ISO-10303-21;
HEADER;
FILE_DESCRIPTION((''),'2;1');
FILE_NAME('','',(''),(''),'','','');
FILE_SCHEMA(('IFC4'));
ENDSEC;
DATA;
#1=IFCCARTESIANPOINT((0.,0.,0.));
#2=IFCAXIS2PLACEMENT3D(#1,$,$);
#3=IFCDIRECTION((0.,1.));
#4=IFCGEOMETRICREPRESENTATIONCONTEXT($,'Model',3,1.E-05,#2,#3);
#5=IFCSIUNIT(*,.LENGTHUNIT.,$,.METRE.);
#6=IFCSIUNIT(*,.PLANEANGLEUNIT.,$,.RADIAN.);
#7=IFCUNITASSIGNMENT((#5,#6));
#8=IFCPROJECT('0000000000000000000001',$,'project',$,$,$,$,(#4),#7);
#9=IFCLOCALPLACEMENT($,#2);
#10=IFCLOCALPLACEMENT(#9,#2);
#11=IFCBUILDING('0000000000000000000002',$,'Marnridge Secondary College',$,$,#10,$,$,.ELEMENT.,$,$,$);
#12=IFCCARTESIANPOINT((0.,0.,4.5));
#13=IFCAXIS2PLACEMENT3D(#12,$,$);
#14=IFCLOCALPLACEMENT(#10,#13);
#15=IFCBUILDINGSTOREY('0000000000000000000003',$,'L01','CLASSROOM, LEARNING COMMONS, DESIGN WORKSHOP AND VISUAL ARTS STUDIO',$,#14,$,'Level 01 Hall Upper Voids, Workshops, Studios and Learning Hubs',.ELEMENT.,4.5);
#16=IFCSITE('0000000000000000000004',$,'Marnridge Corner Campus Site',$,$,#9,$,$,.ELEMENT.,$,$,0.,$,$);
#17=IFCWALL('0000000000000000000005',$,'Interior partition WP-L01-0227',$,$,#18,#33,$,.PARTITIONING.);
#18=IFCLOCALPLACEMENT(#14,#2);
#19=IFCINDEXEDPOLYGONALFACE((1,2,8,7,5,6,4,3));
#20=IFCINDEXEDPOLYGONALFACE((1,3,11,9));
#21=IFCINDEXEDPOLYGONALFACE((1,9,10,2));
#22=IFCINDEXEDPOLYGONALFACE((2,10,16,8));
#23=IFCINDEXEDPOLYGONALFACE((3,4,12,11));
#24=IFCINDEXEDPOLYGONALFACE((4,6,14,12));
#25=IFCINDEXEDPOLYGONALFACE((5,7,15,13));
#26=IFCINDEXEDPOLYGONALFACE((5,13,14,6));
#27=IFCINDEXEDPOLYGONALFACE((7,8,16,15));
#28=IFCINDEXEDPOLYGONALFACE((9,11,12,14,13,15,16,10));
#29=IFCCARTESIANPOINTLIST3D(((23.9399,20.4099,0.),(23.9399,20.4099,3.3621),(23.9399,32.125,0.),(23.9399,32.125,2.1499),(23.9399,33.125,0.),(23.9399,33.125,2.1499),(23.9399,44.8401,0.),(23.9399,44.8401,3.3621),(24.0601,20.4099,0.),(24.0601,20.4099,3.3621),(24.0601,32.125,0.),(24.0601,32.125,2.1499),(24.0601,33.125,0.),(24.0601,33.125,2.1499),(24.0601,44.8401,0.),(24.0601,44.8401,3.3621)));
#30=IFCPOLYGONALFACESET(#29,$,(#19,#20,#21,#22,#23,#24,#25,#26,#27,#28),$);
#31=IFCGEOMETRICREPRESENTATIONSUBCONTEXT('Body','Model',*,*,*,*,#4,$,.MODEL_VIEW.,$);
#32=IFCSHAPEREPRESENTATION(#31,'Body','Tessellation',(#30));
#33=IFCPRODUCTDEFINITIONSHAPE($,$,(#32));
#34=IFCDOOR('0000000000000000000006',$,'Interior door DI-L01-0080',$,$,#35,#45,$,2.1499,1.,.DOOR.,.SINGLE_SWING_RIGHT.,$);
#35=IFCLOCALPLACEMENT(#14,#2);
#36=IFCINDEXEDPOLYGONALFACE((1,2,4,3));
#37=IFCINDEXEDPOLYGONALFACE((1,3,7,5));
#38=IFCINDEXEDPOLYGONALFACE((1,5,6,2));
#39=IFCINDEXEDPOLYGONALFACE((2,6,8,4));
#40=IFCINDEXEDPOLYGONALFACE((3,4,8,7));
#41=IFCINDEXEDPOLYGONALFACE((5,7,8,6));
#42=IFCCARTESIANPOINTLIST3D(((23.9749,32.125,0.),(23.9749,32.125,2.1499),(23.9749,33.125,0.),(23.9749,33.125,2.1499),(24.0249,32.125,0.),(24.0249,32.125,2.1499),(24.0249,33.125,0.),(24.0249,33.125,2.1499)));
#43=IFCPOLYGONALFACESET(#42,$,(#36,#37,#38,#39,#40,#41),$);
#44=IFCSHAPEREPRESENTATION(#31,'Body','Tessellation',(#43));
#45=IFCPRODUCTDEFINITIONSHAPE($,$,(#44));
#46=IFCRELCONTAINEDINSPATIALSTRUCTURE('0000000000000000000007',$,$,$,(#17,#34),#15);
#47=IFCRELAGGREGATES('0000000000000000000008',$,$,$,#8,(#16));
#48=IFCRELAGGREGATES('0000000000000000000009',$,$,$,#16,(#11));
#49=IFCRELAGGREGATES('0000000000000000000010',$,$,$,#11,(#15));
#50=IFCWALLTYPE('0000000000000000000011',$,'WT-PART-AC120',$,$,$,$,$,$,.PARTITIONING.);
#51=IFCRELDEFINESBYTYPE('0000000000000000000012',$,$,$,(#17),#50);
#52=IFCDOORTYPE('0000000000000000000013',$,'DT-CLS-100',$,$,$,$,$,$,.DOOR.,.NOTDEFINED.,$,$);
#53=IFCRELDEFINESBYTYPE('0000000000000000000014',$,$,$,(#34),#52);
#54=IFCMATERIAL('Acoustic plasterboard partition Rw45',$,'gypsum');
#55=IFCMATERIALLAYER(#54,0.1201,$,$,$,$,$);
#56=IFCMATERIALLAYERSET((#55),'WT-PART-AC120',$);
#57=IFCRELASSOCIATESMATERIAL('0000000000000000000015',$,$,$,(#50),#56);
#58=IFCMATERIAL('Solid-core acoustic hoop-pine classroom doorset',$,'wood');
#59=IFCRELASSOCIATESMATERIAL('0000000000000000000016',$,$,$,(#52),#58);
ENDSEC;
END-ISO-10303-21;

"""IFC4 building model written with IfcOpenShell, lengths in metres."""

from ifc_helpers import new_model, si_unit, direction, frame, frame_2d, origin, place, context, subcontext, project, spatial, rectangle, extrude, material, layer, layer_set, type_object, element, fill, save


model = new_model("IFC4")

# Units and contexts
model_context = context("Model", 3, precision=1e-05, world=origin(), true_north=direction((0.0, 1.0)))
body_context = subcontext(model_context, "Body", "Model", "MODEL_VIEW")
ifc_project = project(units=[si_unit("LENGTHUNIT", "METRE"), si_unit("PLANEANGLEUNIT", "RADIAN")], contexts=[model_context])

# Site, building, storey
site_placement = place(None, origin())
site = spatial("IfcSite", under=ifc_project, at=site_placement, Name="Marnridge Corner Campus Site", CompositionType="ELEMENT", RefElevation=0.0)
building_placement = place(site_placement, origin())
building = spatial("IfcBuilding", under=site, at=building_placement, Name="Marnridge Secondary College", CompositionType="ELEMENT")
storey_placement = place(building_placement, frame((0.0, 0.0, 4.5)))
storey = spatial("IfcBuildingStorey", under=building, at=storey_placement, Name="L01", Description="CLASSROOM, LEARNING COMMONS, DESIGN WORKSHOP AND VISUAL ARTS STUDIO", LongName="Level 01 Hall Upper Voids, Workshops, Studios and Learning Hubs", CompositionType="ELEMENT", Elevation=4.5)

# Wall, opening, door
ifc_material_1 = material(Name="Acoustic plasterboard partition Rw45", Category="gypsum")
ifc_layer_1 = layer(ifc_material_1, 0.1201)
ifc_layer_set_1 = layer_set([ifc_layer_1], Name="WT-PART-AC120")
wall_type = type_object("IfcWallType", Name="WT-PART-AC120", PredefinedType="PARTITIONING", material=ifc_layer_set_1)
wall_placement = place(storey_placement, frame((24.0, 44.8401, 0.0), z_axis=(0.0, 0.0, 1.0), x_axis=(0.0, -1.0, 0.0)))
wall = element("IfcWall", 1, at=wall_placement, inside=storey, type_object=wall_type, Name="Interior partition WP-L01-0227", PredefinedType="PARTITIONING", context=body_context, shape_type="SweptSolid", body=[
    extrude(rectangle(XDim=24.4302, YDim=0.1201, at=frame_2d((12.2151, 0.0))), origin(), (0.0, 0.0, 1.0), 3.3621),
])
opening_placement = place(wall_placement, frame((11.7151, 0.0, 0.0)))
opening = element("IfcOpeningElement", 2, at=opening_placement, cuts=wall, PredefinedType="OPENING", context=body_context, shape_type="SweptSolid", body=[
    extrude(rectangle(XDim=1.0, YDim=2.1499, at=frame_2d((0.5, 1.075))), frame((0.0, 0.0701, 0.0), z_axis=(0.0, -1.0, 0.0), x_axis=(1.0, 0.0, 0.0)), (0.0, 0.0, 1.0), 0.1401),
])
ifc_material_2 = material(Name="Solid-core acoustic hoop-pine classroom doorset", Category="wood")
door_type = type_object("IfcDoorType", Name="DT-CLS-100", OperationType="NOTDEFINED", PredefinedType="DOOR", material=ifc_material_2)
door_placement = place(opening_placement, origin())
door = element("IfcDoor", 3, at=door_placement, inside=storey, type_object=door_type, Name="Interior door DI-L01-0080", OperationType="SINGLE_SWING_RIGHT", OverallHeight=2.1499, OverallWidth=1.0, PredefinedType="DOOR", context=body_context, shape_type="SweptSolid", body=[
    extrude(rectangle(XDim=1.0, YDim=2.1499, at=frame_2d((0.5, 1.075))), frame((0.0, 0.0249, 0.0), z_axis=(0.0, -1.0, 0.0), x_axis=(1.0, 0.0, 0.0)), (0.0, 0.0, 1.0), 0.05),
])
fill(opening, door)

save(model, "model.ifc")
